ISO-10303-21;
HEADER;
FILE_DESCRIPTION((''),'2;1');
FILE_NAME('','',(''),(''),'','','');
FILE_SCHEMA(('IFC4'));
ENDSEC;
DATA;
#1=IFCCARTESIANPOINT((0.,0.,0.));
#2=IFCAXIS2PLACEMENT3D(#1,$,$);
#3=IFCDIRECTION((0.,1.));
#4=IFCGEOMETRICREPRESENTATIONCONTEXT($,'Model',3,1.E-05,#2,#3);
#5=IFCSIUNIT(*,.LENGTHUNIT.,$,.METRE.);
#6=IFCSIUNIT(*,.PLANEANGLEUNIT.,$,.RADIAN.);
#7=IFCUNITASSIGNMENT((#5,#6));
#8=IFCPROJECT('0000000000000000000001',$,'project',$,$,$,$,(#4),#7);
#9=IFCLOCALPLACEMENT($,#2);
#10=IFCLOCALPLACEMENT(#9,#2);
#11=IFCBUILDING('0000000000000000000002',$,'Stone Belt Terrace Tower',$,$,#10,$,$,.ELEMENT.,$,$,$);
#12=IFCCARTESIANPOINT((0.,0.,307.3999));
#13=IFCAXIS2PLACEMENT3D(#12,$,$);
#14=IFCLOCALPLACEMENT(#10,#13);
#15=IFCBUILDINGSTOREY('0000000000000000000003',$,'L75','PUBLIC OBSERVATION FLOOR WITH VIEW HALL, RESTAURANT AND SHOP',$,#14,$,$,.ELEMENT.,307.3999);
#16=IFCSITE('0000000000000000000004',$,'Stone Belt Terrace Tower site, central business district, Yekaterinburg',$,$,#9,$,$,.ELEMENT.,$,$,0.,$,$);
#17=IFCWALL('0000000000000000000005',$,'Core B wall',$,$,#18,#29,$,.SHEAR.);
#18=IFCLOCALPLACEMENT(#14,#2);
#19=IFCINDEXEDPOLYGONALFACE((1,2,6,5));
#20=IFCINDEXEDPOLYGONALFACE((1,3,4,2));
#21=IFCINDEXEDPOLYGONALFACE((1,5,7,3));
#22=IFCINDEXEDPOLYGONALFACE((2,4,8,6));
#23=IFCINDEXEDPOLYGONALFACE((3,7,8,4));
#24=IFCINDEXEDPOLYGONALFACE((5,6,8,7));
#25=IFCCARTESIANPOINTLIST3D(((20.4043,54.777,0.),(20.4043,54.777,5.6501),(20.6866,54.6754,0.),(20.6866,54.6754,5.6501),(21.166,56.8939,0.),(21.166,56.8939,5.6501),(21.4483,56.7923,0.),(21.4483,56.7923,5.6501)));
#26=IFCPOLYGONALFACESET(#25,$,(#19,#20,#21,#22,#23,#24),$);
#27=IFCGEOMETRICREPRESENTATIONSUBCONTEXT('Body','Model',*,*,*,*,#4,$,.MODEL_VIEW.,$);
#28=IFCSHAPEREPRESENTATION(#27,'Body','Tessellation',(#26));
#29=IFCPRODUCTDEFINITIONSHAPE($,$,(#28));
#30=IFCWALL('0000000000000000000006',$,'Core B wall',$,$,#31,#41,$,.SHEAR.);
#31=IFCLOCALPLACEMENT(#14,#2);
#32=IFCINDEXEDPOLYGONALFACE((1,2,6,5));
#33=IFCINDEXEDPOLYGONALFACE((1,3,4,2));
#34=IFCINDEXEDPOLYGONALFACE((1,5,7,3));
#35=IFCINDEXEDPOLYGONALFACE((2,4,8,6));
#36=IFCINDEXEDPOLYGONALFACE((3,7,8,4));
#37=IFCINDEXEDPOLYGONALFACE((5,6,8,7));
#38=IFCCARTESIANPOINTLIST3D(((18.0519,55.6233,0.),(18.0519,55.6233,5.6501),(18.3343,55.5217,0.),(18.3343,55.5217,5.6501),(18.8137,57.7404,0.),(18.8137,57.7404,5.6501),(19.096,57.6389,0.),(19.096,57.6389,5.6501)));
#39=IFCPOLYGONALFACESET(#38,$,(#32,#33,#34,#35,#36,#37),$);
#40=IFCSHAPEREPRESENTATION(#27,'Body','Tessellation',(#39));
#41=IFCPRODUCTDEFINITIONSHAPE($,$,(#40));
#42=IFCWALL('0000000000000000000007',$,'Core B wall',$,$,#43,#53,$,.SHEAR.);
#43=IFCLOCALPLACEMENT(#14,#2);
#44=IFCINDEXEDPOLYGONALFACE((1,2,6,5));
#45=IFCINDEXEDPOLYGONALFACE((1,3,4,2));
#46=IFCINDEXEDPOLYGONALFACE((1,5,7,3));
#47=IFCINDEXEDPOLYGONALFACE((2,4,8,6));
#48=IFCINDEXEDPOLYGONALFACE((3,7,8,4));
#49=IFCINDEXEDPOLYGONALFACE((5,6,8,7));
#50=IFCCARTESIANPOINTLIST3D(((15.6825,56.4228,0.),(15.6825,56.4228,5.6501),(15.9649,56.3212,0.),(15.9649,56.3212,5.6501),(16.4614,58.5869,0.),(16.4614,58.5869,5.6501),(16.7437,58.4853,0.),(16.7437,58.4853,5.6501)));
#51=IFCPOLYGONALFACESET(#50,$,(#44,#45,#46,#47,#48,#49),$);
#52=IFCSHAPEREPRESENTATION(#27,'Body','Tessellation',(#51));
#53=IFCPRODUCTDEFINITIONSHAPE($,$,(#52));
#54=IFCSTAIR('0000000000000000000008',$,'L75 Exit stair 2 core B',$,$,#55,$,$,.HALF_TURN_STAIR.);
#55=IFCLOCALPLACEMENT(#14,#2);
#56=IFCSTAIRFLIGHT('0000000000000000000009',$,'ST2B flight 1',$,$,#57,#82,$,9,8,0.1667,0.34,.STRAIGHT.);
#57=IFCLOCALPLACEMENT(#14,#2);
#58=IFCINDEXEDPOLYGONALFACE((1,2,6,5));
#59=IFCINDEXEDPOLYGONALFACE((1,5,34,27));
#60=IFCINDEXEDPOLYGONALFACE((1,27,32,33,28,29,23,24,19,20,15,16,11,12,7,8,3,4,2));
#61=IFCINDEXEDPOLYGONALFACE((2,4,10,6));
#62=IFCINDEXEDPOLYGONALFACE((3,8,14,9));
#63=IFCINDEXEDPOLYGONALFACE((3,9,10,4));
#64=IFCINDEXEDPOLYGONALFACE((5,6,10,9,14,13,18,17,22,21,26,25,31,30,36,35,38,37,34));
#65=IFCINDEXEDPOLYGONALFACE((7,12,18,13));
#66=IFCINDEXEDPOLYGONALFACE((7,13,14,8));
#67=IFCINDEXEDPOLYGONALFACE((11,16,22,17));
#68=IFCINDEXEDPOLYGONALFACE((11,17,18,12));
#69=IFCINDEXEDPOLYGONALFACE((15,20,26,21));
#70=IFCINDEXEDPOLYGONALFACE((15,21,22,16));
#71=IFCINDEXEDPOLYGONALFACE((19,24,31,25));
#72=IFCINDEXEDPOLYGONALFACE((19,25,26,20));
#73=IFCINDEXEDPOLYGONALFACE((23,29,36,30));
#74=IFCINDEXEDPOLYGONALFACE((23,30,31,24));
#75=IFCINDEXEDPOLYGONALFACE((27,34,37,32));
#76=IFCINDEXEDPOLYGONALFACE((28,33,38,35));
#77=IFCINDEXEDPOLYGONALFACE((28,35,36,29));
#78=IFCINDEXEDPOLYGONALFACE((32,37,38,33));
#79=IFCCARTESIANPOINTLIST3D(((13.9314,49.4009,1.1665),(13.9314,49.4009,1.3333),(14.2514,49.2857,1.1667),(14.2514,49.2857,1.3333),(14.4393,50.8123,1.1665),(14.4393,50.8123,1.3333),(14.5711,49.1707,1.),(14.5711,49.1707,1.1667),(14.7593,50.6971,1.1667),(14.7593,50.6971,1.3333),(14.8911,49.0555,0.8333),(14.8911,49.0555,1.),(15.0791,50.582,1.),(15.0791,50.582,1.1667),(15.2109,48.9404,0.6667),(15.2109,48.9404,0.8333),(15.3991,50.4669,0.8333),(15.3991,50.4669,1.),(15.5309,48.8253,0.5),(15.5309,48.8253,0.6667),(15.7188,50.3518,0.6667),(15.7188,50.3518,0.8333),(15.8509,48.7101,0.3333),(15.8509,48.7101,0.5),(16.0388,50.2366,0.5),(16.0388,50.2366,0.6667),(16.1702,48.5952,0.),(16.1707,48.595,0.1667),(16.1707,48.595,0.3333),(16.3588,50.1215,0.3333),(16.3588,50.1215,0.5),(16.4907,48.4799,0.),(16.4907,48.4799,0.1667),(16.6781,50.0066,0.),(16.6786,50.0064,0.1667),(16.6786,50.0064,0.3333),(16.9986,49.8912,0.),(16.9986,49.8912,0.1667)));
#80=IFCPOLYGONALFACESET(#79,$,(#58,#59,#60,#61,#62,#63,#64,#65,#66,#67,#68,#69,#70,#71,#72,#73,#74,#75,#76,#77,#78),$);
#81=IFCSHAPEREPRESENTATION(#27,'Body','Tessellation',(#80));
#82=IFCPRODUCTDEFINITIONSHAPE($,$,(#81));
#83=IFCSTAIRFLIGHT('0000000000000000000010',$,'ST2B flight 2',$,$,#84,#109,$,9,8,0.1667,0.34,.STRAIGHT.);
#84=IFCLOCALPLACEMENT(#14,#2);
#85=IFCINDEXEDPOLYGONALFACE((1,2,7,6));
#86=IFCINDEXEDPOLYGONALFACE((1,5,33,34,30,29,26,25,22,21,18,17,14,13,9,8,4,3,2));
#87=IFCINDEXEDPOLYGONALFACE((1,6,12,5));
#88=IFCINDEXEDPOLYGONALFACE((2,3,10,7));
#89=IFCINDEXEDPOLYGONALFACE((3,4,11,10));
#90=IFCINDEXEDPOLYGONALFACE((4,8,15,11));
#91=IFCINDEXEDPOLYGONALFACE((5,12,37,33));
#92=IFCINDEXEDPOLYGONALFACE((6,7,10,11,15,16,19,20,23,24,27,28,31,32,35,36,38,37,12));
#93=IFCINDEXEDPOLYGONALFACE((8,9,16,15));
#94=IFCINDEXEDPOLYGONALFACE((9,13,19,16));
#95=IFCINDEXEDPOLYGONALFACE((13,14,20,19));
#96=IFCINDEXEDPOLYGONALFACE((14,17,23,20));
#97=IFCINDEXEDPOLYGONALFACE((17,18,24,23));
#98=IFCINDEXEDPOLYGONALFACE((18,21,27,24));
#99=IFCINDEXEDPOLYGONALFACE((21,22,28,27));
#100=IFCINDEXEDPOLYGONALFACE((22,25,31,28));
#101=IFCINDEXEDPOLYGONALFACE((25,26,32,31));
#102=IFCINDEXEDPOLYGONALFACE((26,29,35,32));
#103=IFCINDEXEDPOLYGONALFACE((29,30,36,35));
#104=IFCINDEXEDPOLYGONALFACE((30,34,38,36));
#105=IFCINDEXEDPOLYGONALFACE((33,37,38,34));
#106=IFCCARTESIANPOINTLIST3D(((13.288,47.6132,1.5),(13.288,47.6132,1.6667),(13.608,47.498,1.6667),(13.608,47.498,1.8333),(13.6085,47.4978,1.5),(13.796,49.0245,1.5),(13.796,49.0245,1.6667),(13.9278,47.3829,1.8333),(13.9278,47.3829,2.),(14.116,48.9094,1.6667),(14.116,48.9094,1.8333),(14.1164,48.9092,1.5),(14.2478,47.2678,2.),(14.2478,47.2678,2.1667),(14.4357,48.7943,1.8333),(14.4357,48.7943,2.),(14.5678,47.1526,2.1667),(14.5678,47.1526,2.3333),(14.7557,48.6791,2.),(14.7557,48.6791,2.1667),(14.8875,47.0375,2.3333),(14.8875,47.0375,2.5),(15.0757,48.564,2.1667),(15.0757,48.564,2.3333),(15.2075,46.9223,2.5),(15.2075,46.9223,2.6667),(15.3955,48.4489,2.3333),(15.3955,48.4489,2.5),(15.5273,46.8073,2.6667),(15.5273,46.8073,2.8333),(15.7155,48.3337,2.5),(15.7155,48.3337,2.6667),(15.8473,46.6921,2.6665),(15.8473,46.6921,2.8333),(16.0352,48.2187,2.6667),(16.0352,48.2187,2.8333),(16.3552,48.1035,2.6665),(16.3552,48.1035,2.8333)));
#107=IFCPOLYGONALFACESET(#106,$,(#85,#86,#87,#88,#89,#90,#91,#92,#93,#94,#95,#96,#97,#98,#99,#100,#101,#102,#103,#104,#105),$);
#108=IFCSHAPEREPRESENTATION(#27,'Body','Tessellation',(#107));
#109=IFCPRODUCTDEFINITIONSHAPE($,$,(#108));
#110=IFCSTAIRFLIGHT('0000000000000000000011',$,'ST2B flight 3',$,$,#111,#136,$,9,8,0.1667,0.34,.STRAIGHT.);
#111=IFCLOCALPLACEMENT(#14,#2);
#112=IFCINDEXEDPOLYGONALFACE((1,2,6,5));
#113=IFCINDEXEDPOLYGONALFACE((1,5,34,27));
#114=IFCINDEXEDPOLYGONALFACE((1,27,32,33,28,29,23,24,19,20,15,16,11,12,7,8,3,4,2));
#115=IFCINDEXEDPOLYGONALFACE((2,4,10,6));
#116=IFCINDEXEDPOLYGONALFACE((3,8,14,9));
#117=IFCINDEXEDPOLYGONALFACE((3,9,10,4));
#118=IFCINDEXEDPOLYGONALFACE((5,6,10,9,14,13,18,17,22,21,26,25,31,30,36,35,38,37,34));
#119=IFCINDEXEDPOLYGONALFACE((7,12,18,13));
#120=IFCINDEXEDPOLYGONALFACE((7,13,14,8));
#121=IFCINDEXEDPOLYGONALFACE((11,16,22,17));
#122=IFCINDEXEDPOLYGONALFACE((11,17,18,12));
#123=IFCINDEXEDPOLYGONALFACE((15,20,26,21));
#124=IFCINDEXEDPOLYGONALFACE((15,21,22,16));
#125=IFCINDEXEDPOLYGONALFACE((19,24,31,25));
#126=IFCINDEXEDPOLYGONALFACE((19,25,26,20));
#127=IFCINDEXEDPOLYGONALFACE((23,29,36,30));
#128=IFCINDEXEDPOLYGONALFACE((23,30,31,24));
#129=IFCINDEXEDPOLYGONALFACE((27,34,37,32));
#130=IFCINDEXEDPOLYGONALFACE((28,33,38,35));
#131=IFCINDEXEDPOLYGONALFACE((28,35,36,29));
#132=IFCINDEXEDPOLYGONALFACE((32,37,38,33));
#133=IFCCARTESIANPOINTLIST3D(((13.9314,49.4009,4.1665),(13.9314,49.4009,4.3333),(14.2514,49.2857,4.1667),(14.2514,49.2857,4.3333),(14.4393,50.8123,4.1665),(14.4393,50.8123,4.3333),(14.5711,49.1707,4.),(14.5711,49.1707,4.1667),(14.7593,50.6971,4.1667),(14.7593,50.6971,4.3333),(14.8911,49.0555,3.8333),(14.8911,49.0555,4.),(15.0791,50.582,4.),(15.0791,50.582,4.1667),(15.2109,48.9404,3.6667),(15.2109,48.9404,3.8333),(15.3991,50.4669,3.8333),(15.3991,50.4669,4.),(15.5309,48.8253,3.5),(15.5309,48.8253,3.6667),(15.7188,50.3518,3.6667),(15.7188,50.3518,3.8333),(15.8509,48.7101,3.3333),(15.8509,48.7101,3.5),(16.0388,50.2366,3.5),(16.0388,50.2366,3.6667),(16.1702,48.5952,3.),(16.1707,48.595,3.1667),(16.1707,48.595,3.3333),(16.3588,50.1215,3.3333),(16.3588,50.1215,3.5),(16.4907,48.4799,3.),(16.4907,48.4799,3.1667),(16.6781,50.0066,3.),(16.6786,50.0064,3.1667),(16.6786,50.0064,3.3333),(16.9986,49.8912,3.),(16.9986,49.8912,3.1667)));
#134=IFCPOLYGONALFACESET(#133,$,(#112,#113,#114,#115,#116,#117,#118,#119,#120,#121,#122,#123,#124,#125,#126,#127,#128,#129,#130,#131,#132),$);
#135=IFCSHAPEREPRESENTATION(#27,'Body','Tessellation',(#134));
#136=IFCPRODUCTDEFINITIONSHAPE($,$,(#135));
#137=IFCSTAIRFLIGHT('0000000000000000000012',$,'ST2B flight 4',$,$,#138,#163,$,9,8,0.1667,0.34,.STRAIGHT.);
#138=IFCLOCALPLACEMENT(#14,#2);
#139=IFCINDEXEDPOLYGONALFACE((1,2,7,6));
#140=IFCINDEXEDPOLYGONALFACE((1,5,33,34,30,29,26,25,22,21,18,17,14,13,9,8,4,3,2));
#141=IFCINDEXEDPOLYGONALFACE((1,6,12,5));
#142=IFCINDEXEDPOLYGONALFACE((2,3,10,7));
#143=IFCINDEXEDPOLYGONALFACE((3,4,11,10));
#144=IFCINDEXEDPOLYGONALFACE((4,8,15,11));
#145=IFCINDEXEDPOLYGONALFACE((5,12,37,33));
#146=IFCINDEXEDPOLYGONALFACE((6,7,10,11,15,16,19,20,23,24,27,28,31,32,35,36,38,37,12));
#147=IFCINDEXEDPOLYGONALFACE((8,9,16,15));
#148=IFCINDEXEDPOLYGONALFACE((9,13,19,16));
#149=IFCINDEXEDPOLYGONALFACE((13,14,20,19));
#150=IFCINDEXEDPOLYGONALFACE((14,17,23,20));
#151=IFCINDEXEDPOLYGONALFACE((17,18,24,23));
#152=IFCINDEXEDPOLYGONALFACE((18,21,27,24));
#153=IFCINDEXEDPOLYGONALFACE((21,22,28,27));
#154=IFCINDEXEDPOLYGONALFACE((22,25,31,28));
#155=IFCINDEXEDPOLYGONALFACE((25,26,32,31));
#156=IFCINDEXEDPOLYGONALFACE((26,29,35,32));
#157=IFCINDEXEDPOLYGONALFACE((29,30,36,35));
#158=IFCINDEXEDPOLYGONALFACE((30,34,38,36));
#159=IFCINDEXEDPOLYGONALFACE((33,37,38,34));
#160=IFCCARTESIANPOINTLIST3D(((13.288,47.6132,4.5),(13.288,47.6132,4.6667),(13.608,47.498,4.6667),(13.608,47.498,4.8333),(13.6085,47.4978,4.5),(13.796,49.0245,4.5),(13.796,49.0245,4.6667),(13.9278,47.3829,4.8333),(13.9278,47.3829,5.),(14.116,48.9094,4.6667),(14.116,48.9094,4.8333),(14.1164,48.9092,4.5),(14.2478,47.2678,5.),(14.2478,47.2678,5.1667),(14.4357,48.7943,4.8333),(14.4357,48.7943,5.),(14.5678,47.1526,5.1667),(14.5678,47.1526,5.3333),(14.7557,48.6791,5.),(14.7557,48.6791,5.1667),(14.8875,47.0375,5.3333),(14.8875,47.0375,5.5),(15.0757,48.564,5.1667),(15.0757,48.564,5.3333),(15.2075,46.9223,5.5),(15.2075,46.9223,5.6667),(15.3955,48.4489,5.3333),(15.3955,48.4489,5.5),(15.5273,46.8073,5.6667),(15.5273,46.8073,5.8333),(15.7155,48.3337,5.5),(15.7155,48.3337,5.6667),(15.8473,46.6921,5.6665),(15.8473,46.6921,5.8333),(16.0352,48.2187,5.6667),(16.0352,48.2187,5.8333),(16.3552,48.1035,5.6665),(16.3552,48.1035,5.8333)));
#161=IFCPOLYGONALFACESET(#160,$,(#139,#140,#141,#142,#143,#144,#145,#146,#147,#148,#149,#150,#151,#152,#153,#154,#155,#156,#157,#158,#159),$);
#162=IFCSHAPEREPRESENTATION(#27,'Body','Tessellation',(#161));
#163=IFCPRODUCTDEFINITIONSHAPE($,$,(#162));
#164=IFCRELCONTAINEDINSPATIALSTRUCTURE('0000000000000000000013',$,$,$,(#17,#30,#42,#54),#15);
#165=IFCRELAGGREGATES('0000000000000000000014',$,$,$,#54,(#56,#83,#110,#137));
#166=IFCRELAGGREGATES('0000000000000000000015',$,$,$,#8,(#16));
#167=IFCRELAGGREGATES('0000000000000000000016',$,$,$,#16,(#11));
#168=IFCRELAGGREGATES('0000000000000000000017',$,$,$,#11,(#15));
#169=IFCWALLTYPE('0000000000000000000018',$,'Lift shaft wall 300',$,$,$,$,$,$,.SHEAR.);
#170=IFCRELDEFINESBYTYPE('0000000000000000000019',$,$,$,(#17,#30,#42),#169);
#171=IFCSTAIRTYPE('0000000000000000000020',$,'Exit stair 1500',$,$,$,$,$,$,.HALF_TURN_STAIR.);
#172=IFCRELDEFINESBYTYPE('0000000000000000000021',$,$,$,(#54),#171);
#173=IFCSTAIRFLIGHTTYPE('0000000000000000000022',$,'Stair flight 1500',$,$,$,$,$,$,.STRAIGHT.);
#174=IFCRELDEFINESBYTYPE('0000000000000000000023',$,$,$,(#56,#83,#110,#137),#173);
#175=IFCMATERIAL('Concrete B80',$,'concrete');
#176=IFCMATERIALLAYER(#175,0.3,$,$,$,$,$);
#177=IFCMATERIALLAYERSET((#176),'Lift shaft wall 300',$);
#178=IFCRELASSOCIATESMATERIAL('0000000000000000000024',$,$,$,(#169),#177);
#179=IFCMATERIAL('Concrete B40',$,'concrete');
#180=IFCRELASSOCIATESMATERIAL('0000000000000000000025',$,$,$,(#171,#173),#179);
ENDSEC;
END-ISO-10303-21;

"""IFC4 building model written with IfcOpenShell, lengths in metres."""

from ifc_helpers import new_model, si_unit, direction, frame, frame_2d, origin, place, context, subcontext, project, spatial, polyline, rectangle, outline, extrude, material, layer, layer_set, type_object, element, aggregate, save


model = new_model("IFC4")

# Units and contexts
model_context = context("Model", 3, precision=1e-05, world=origin(), true_north=direction((0.0, 1.0)))
body_context = subcontext(model_context, "Body", "Model", "MODEL_VIEW")
ifc_project = project(units=[si_unit("LENGTHUNIT", "METRE"), si_unit("PLANEANGLEUNIT", "RADIAN")], contexts=[model_context])

# Site, building, storey
site_placement = place(None, origin())
site = spatial("IfcSite", under=ifc_project, at=site_placement, Name="Stone Belt Terrace Tower site, central business district, Yekaterinburg", CompositionType="ELEMENT", RefElevation=0.0)
building_placement = place(site_placement, origin())
building = spatial("IfcBuilding", under=site, at=building_placement, Name="Stone Belt Terrace Tower", CompositionType="ELEMENT")
storey_placement = place(building_placement, frame((0.0, 0.0, 307.3999)))
storey = spatial("IfcBuildingStorey", under=building, at=storey_placement, Name="L75", Description="PUBLIC OBSERVATION FLOOR WITH VIEW HALL, RESTAURANT AND SHOP", CompositionType="ELEMENT", Elevation=307.3999)

# Walls
ifc_material_1 = material(Name="Concrete B80", Category="concrete")
ifc_layer_1 = layer(ifc_material_1, 0.3)
ifc_layer_set_1 = layer_set([ifc_layer_1], Name="Lift shaft wall 300")
wall_type_1 = type_object("IfcWallType", Name="Lift shaft wall 300", PredefinedType="SHEAR", material=ifc_layer_set_1)
wall_1_placement = place(storey_placement, frame((20.5454, 54.7261, 0.0), z_axis=(0.0, 0.0, 1.0), x_axis=(0.33857, 0.940941, 0.0)))
element("IfcWall", 1, at=wall_1_placement, inside=storey, type_object=wall_type_1, Name="Core B wall", PredefinedType="SHEAR", context=body_context, shape_type="SweptSolid", body=[
    extrude(rectangle(XDim=2.2498, YDim=0.3, at=frame_2d((1.125, 0.0))), origin(), (0.0, 0.0, 1.0), 5.6501),
])
wall_2_placement = place(storey_placement, frame((18.1931, 55.5725, 0.0), z_axis=(0.0, 0.0, 1.0), x_axis=(0.338535, 0.940954, 0.0)))
element("IfcWall", 2, at=wall_2_placement, inside=storey, type_object=wall_type_1, Name="Core B wall", PredefinedType="SHEAR", context=body_context, shape_type="SweptSolid", body=[
    extrude(rectangle(XDim=2.25, YDim=0.3, at=frame_2d((1.125, 0.0))), origin(), (0.0, 0.0, 1.0), 5.6501),
])
wall_3_placement = place(storey_placement, frame((15.8237, 56.3721, 0.0), z_axis=(0.0, 0.0, 1.0), x_axis=(0.338622, 0.940923, 0.0)))
element("IfcWall", 3, at=wall_3_placement, inside=storey, type_object=wall_type_1, Name="Core B wall", PredefinedType="SHEAR", context=body_context, shape_type="SweptSolid", body=[
    extrude(rectangle(XDim=2.3, YDim=0.3, at=frame_2d((1.1499, 0.0))), origin(), (0.0, 0.0, 1.0), 5.6501),
])

# Stair, stair flights
ifc_material_2 = material(Name="Concrete B40", Category="concrete")
stair_type = type_object("IfcStairType", Name="Exit stair 1500", PredefinedType="HALF_TURN_STAIR", material=ifc_material_2)
stair_placement = place(storey_placement, origin())
stair = element("IfcStair", 4, at=stair_placement, inside=storey, type_object=stair_type, Name="L75 Exit stair 2 core B", PredefinedType="HALF_TURN_STAIR")
stair_flight_type = type_object("IfcStairFlightType", Name="Stair flight 1500", PredefinedType="STRAIGHT", material=ifc_material_2)
stair_flight_1_placement = place(storey_placement, frame((16.7446, 49.1855, 0.0), z_axis=(0.0, 0.0, 1.0), x_axis=(-0.940922, 0.338624, 0.0)))
stair_flight_1 = element("IfcStairFlight", 5, at=stair_flight_1_placement, type_object=stair_flight_type, Name="ST2B flight 1", NumberOfRisers=9, NumberOfTreads=8, PredefinedType="STRAIGHT", RiserHeight=0.1667, TreadLength=0.34, context=body_context, shape_type="SweptSolid", body=[
    extrude(outline(polyline([(0.0, 0.0), (0.0, 0.1667), (0.3401, 0.1667), (0.3401, 0.3333), (0.6799, 0.3333), (0.6799, 0.5), (1.02, 0.5), (1.02, 0.6667), (1.3601, 0.6667), (1.3601, 0.8333), (1.7, 0.8333), (1.7, 1.0), (2.04, 1.0), (2.04, 1.1667), (2.3799, 1.1667), (2.3799, 1.3333), (2.72, 1.3333), (2.72, 1.5), (2.72, 1.1665), (0.3406, 0.0), (0.0, 0.0)])), frame((0.0, 0.75, 0.0), z_axis=(0.0, -1.0, 0.0), x_axis=(1.0, 0.0, 0.0)), (0.0, 0.0, 1.0), 1.5),
])
stair_flight_2_placement = place(storey_placement, frame((13.542, 48.3188, 1.5), z_axis=(0.0, 0.0, 1.0), x_axis=(0.940922, -0.338624, 0.0)))
stair_flight_2 = element("IfcStairFlight", 6, at=stair_flight_2_placement, type_object=stair_flight_type, Name="ST2B flight 2", NumberOfRisers=9, NumberOfTreads=8, PredefinedType="STRAIGHT", RiserHeight=0.1667, TreadLength=0.34, context=body_context, shape_type="SweptSolid", body=[
    extrude(outline(polyline([(0.0, 0.0), (0.0, 0.1667), (0.3401, 0.1667), (0.3401, 0.3333), (0.6799, 0.3333), (0.6799, 0.5), (1.02, 0.5), (1.02, 0.6667), (1.3601, 0.6667), (1.3601, 0.8333), (1.7, 0.8333), (1.7, 1.0), (2.04, 1.0), (2.04, 1.1667), (2.3799, 1.1667), (2.3799, 1.3333), (2.72, 1.3333), (2.72, 1.5), (2.72, 1.1665), (0.3406, 0.0), (0.0, 0.0)])), frame((0.0, 0.75, 0.0), z_axis=(0.0, -1.0, 0.0), x_axis=(1.0, 0.0, 0.0)), (0.0, 0.0, 1.0), 1.5),
])
stair_flight_3_placement = place(storey_placement, frame((16.7446, 49.1855, 3.0), z_axis=(0.0, 0.0, 1.0), x_axis=(-0.940922, 0.338624, 0.0)))
stair_flight_3 = element("IfcStairFlight", 7, at=stair_flight_3_placement, type_object=stair_flight_type, Name="ST2B flight 3", NumberOfRisers=9, NumberOfTreads=8, PredefinedType="STRAIGHT", RiserHeight=0.1667, TreadLength=0.34, context=body_context, shape_type="SweptSolid", body=[
    extrude(outline(polyline([(0.0, 0.0), (0.0, 0.1667), (0.3401, 0.1667), (0.3401, 0.3333), (0.6799, 0.3333), (0.6799, 0.5), (1.02, 0.5), (1.02, 0.6667), (1.3601, 0.6667), (1.3601, 0.8333), (1.7, 0.8333), (1.7, 1.0), (2.04, 1.0), (2.04, 1.1667), (2.3799, 1.1667), (2.3799, 1.3333), (2.72, 1.3333), (2.72, 1.5), (2.72, 1.1665), (0.3406, 0.0), (0.0, 0.0)])), frame((0.0, 0.75, 0.0), z_axis=(0.0, -1.0, 0.0), x_axis=(1.0, 0.0, 0.0)), (0.0, 0.0, 1.0), 1.5),
])
stair_flight_4_placement = place(storey_placement, frame((13.542, 48.3188, 4.5), z_axis=(0.0, 0.0, 1.0), x_axis=(0.940922, -0.338624, 0.0)))
stair_flight_4 = element("IfcStairFlight", 8, at=stair_flight_4_placement, type_object=stair_flight_type, Name="ST2B flight 4", NumberOfRisers=9, NumberOfTreads=8, PredefinedType="STRAIGHT", RiserHeight=0.1667, TreadLength=0.34, context=body_context, shape_type="SweptSolid", body=[
    extrude(outline(polyline([(0.0, 0.0), (0.0, 0.1667), (0.3401, 0.1667), (0.3401, 0.3333), (0.6799, 0.3333), (0.6799, 0.5), (1.02, 0.5), (1.02, 0.6667), (1.3601, 0.6667), (1.3601, 0.8333), (1.7, 0.8333), (1.7, 1.0), (2.04, 1.0), (2.04, 1.1667), (2.3799, 1.1667), (2.3799, 1.3333), (2.72, 1.3333), (2.72, 1.5), (2.72, 1.1665), (0.3406, 0.0), (0.0, 0.0)])), frame((0.0, 0.75, 0.0), z_axis=(0.0, -1.0, 0.0), x_axis=(1.0, 0.0, 0.0)), (0.0, 0.0, 1.0), 1.5),
])
aggregate(stair, [stair_flight_1, stair_flight_2, stair_flight_3, stair_flight_4])

save(model, "model.ifc")
